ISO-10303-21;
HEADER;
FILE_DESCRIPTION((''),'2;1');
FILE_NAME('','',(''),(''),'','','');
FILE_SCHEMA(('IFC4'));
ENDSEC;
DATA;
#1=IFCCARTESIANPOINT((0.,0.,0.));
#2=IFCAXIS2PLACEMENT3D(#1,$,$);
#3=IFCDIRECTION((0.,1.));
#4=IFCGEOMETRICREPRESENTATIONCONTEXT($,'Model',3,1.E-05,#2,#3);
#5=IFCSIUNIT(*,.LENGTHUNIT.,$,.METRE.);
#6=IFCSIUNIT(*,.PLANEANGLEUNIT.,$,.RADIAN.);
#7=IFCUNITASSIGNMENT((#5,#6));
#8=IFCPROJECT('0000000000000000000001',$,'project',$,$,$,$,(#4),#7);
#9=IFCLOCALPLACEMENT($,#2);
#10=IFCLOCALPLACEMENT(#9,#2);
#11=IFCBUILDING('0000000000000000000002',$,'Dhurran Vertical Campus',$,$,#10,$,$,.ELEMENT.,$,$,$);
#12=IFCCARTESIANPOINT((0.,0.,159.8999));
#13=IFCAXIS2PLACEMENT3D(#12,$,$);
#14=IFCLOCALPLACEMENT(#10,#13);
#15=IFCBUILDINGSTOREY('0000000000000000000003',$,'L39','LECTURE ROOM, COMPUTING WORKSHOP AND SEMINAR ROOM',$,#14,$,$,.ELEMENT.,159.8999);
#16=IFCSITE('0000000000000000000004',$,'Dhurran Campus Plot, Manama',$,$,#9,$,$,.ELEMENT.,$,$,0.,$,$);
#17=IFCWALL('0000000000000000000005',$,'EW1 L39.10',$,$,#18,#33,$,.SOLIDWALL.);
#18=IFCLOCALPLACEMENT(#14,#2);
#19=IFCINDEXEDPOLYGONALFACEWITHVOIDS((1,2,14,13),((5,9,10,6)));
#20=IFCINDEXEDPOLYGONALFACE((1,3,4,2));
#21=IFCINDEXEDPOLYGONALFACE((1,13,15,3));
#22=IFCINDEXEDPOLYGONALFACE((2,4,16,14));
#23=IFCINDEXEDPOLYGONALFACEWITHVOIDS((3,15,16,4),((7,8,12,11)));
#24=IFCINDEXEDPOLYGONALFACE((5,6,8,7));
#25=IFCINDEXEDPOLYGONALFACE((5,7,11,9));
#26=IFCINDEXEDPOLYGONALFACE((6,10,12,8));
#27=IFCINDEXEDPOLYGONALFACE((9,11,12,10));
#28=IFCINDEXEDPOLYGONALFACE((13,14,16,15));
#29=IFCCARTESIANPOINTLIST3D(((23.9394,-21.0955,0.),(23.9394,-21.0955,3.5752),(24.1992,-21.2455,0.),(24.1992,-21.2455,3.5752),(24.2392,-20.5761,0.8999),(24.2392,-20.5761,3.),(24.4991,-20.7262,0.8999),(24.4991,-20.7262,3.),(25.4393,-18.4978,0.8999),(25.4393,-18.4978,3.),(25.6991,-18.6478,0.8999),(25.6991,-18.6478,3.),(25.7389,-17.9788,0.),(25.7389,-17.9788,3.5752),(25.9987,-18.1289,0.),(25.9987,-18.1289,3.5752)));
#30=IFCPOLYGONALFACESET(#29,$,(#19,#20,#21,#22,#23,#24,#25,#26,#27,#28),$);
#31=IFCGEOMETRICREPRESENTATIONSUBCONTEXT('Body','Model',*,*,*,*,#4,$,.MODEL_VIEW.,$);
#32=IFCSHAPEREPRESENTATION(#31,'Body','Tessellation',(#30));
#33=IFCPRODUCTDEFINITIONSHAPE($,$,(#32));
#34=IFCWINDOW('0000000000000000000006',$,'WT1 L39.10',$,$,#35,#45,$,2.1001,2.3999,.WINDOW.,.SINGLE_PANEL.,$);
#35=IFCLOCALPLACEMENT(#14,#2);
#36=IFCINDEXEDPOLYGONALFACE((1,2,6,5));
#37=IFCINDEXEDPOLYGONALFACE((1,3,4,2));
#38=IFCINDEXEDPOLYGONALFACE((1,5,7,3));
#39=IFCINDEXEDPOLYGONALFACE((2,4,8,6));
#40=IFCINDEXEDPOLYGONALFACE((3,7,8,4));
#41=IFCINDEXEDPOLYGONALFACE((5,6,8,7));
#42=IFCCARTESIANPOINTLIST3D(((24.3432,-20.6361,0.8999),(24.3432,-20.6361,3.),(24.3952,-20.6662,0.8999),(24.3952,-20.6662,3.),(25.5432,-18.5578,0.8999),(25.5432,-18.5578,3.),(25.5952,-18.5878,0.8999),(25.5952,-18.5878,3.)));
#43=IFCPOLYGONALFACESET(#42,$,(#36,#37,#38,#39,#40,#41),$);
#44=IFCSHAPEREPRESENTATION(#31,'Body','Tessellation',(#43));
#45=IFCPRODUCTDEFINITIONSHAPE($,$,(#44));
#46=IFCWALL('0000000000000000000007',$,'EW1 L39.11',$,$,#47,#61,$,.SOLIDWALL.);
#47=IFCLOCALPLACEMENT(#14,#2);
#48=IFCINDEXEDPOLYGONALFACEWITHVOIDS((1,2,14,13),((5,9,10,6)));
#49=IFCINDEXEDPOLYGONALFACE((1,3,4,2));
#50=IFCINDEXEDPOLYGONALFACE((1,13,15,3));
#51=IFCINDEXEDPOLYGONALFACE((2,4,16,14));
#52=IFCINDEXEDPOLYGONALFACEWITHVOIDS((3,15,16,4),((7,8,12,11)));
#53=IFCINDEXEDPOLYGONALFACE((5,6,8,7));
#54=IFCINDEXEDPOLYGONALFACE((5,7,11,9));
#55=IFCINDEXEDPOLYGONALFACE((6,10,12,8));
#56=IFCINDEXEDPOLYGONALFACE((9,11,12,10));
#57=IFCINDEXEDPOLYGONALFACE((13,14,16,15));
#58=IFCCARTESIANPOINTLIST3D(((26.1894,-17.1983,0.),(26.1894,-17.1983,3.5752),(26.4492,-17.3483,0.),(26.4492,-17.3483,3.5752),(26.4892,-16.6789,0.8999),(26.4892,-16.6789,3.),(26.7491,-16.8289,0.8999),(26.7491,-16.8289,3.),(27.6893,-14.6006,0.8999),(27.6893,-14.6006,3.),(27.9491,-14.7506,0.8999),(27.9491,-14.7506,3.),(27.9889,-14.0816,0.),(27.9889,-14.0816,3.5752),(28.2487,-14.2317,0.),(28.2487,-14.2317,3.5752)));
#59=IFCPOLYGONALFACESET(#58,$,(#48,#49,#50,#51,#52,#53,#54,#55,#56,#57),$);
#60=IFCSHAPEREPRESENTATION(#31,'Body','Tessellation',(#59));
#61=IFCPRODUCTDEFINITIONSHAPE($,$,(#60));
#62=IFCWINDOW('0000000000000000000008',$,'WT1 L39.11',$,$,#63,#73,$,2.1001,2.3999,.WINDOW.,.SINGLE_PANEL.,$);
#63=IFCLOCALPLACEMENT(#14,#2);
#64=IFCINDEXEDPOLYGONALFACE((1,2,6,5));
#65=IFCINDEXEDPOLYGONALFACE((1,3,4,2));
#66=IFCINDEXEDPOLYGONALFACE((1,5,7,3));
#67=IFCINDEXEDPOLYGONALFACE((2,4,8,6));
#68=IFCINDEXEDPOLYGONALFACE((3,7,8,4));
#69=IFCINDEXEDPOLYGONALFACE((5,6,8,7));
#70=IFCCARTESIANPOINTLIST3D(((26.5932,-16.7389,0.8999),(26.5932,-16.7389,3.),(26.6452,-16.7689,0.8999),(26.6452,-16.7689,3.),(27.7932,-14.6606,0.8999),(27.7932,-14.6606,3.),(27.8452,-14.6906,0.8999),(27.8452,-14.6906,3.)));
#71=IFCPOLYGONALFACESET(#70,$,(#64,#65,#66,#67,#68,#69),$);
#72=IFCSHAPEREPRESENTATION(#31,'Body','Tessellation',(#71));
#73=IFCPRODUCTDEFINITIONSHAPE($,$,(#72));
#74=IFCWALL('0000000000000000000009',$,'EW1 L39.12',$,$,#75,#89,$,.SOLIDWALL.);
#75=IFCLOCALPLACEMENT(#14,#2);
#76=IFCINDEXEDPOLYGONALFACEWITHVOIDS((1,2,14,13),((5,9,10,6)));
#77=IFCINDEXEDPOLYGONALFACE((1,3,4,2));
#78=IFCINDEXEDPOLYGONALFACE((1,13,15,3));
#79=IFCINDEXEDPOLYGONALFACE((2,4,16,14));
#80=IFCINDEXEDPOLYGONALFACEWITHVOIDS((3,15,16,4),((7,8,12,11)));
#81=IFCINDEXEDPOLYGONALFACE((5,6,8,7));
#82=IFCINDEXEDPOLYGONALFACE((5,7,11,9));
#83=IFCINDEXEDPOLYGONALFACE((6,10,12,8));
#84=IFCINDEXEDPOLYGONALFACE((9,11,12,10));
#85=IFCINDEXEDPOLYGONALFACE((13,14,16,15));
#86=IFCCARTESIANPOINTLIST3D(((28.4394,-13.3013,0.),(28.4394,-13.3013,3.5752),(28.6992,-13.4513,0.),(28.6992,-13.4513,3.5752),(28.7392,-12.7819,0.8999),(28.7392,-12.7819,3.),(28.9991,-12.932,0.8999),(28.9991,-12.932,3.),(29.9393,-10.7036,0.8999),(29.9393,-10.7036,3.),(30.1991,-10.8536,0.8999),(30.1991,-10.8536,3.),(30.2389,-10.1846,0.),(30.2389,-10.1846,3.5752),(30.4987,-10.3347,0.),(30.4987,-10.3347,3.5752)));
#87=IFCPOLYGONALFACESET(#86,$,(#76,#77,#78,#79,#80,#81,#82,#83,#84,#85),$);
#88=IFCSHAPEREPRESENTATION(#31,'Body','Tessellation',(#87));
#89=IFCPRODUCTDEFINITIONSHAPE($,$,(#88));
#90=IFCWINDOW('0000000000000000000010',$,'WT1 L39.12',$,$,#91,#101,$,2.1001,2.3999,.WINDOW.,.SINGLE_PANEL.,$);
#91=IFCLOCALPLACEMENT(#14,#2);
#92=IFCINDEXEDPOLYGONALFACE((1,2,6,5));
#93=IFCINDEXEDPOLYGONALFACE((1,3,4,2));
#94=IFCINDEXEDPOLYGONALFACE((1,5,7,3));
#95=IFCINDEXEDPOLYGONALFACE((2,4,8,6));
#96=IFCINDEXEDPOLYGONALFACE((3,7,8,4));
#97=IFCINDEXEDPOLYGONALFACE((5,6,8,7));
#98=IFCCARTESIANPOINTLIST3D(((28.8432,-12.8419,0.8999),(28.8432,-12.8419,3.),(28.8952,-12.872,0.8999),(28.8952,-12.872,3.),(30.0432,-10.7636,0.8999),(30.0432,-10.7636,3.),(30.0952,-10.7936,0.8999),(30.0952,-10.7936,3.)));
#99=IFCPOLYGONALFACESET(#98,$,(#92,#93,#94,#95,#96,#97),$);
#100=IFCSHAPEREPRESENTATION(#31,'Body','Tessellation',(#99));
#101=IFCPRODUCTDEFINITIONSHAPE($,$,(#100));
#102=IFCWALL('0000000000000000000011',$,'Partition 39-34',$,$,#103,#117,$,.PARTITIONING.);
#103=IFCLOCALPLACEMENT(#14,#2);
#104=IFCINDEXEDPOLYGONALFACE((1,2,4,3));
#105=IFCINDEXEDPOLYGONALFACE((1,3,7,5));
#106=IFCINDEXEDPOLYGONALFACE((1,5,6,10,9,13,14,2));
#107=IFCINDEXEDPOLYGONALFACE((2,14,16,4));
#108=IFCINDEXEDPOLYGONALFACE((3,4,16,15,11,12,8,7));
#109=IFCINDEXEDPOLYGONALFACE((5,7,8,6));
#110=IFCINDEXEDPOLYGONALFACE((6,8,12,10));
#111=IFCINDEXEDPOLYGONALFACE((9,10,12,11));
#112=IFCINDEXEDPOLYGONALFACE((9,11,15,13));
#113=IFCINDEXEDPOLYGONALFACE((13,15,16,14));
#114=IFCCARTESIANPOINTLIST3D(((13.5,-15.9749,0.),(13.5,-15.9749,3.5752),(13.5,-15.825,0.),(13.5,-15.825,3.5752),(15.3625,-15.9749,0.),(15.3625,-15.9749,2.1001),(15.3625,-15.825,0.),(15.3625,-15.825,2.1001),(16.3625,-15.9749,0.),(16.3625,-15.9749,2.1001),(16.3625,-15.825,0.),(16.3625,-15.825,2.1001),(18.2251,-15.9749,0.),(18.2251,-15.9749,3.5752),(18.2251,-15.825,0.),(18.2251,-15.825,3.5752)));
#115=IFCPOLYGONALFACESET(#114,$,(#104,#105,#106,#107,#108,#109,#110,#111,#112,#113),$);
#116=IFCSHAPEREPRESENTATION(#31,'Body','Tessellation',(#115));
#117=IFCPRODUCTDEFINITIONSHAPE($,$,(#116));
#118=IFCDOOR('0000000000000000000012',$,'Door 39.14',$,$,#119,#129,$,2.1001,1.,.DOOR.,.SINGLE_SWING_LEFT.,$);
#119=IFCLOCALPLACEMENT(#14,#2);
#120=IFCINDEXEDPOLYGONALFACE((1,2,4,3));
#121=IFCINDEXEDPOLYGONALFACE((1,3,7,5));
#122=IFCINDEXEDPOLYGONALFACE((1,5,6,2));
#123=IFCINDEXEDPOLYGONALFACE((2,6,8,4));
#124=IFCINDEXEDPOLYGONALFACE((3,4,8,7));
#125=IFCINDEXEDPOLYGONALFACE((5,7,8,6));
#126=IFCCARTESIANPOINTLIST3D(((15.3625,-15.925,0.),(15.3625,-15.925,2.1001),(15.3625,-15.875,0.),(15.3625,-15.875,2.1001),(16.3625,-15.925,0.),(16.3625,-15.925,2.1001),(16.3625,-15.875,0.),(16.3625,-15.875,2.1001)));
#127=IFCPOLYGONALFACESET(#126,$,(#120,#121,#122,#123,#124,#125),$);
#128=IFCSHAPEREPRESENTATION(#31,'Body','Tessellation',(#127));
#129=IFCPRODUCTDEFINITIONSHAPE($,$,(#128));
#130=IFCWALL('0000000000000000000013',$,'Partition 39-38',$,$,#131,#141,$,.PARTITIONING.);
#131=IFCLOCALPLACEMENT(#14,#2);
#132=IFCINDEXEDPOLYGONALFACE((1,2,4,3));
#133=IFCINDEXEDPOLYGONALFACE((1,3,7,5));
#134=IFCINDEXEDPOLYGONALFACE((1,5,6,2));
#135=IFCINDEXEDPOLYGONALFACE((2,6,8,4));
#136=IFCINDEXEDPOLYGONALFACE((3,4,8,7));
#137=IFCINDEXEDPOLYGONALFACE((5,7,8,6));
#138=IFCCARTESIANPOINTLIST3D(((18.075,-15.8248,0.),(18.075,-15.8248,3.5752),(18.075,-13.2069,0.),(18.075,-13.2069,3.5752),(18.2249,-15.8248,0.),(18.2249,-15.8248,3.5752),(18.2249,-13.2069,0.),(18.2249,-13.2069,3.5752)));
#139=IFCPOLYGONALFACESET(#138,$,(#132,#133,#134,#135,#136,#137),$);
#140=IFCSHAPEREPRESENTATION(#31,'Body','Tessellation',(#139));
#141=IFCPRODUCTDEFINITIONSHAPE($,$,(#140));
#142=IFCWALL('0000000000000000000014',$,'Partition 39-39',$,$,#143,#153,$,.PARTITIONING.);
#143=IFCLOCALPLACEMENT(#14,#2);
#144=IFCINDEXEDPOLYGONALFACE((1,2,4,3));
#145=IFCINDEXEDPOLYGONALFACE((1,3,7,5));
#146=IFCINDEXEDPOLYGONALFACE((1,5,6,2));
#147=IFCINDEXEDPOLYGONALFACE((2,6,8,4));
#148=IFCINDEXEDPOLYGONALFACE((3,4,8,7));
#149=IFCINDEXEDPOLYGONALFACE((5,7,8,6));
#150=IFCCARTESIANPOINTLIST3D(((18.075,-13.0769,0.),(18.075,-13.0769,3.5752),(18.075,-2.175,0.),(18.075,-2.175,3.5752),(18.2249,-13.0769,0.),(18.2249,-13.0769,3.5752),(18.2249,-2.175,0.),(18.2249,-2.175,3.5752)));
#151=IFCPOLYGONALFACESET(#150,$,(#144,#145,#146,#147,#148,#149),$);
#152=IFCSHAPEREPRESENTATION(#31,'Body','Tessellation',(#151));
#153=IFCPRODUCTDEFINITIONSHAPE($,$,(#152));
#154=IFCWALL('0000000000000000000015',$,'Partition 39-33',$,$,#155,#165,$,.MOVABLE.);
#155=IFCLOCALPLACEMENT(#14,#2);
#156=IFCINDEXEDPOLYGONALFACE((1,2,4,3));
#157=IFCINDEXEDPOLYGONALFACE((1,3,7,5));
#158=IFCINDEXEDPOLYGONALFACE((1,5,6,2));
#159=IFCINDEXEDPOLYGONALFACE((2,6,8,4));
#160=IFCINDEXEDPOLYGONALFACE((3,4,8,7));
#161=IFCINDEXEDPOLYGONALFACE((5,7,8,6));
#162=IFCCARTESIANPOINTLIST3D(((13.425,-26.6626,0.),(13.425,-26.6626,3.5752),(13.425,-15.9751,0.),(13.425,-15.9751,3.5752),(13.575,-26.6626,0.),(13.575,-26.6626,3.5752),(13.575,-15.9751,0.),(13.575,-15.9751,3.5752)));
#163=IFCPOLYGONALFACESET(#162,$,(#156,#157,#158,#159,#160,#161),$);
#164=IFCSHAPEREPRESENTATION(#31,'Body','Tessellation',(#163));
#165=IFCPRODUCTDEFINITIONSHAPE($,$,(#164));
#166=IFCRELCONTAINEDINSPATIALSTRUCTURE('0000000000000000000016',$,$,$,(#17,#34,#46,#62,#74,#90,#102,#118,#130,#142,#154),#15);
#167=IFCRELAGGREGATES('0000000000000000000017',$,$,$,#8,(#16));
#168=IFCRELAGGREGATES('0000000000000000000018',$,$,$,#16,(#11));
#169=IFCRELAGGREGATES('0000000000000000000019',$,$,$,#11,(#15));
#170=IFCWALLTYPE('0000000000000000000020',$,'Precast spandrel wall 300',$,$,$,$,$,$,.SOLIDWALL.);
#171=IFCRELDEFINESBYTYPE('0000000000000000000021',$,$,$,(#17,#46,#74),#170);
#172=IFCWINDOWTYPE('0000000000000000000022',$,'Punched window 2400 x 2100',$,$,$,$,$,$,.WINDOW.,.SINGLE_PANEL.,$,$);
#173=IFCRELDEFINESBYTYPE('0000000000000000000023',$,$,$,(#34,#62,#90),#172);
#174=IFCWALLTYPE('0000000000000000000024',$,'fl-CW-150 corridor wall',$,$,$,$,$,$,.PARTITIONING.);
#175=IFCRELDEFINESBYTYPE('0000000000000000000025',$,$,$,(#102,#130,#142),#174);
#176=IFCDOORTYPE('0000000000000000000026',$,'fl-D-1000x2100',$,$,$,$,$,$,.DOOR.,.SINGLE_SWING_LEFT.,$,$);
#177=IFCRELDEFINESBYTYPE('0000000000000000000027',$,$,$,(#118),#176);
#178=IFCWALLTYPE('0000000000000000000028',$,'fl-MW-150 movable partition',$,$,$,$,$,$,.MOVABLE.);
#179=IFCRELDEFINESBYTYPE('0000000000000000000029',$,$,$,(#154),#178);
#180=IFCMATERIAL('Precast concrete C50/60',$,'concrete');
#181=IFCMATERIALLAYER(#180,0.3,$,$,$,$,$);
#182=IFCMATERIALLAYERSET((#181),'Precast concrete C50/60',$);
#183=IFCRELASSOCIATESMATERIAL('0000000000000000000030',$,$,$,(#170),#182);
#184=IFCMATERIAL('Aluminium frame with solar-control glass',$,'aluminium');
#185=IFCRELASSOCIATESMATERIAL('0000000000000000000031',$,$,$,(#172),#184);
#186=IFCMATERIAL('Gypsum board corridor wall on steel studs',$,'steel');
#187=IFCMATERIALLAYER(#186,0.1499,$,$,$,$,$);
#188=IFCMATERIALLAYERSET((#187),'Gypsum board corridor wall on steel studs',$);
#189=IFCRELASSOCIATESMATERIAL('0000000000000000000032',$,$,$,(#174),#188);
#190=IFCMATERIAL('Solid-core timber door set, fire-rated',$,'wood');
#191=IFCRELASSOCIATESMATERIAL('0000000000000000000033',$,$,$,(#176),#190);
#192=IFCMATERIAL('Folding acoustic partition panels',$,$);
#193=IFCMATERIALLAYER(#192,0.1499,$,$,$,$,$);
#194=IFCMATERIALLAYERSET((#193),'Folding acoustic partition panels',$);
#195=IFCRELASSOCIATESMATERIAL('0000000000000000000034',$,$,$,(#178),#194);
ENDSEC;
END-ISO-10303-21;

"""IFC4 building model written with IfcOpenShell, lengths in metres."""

from ifc_helpers import new_model, si_unit, direction, frame, frame_2d, origin, place, context, subcontext, project, spatial, rectangle, extrude, material, layer, layer_set, type_object, element, fill, save


model = new_model("IFC4")

# Units and contexts
model_context = context("Model", 3, precision=1e-05, world=origin(), true_north=direction((0.0, 1.0)))
body_context = subcontext(model_context, "Body", "Model", "MODEL_VIEW")
ifc_project = project(units=[si_unit("LENGTHUNIT", "METRE"), si_unit("PLANEANGLEUNIT", "RADIAN")], contexts=[model_context])

# Site, building, storey
site_placement = place(None, origin())
site = spatial("IfcSite", under=ifc_project, at=site_placement, Name="Dhurran Campus Plot, Manama", CompositionType="ELEMENT", RefElevation=0.0)
building_placement = place(site_placement, origin())
building = spatial("IfcBuilding", under=site, at=building_placement, Name="Dhurran Vertical Campus", CompositionType="ELEMENT")
storey_placement = place(building_placement, frame((0.0, 0.0, 159.8999)))
storey = spatial("IfcBuildingStorey", under=building, at=storey_placement, Name="L39", Description="LECTURE ROOM, COMPUTING WORKSHOP AND SEMINAR ROOM", CompositionType="ELEMENT", Elevation=159.8999)

# Walls, openings, windows
ifc_material_1 = material(Name="Precast concrete C50/60", Category="concrete")
ifc_layer_1 = layer(ifc_material_1, 0.3)
ifc_layer_set_1 = layer_set([ifc_layer_1], Name="Precast concrete C50/60")
wall_type_1 = type_object("IfcWallType", Name="Precast spandrel wall 300", PredefinedType="SOLIDWALL", material=ifc_layer_set_1)
ifc_material_2 = material(Name="Aluminium frame with solar-control glass", Category="aluminium")
window_type = type_object("IfcWindowType", Name="Punched window 2400 x 2100", PartitioningType="SINGLE_PANEL", PredefinedType="WINDOW", material=ifc_material_2)
wall_1_placement = place(storey_placement, frame((24.0693, -21.1704, 0.0), z_axis=(0.0, 0.0, 1.0), x_axis=(0.500028, 0.866009, 0.0)))
wall_1 = element("IfcWall", 1, at=wall_1_placement, inside=storey, type_object=wall_type_1, Name="EW1 L39.10", PredefinedType="SOLIDWALL", context=body_context, shape_type="SweptSolid", body=[
    extrude(rectangle(XDim=3.5989, YDim=0.3, at=frame_2d((1.7993, 0.0))), origin(), (0.0, 0.0, 1.0), 3.5752),
])
opening_1_placement = place(wall_1_placement, frame((0.5996, 0.0, 0.8999)))
opening_1 = element("IfcOpeningElement", 2, at=opening_1_placement, cuts=wall_1, PredefinedType="OPENING", context=body_context, shape_type="SweptSolid", body=[
    extrude(rectangle(XDim=2.3999, YDim=2.1001, at=frame_2d((1.2, 1.05))), frame((0.0, 0.1599, 0.0), z_axis=(0.0, -1.0, 0.0), x_axis=(1.0, 0.0, 0.0)), (0.0, 0.0, 1.0), 0.3201),
])
window_1_placement = place(opening_1_placement, origin())
window_1 = element("IfcWindow", 3, at=window_1_placement, inside=storey, type_object=window_type, Name="WT1 L39.10", OverallHeight=2.1001, OverallWidth=2.3999, PartitioningType="SINGLE_PANEL", PredefinedType="WINDOW", context=body_context, shape_type="SweptSolid", body=[
    extrude(rectangle(XDim=2.3999, YDim=2.1001, at=frame_2d((1.2, 1.05))), frame((0.0, 0.03, 0.0), z_axis=(0.0, -1.0, 0.0), x_axis=(1.0, 0.0, 0.0)), (0.0, 0.0, 1.0), 0.0601),
])
fill(opening_1, window_1)
wall_2_placement = place(storey_placement, frame((26.3193, -17.2732, 0.0), z_axis=(0.0, 0.0, 1.0), x_axis=(0.500028, 0.866009, 0.0)))
wall_2 = element("IfcWall", 4, at=wall_2_placement, inside=storey, type_object=wall_type_1, Name="EW1 L39.11", PredefinedType="SOLIDWALL", context=body_context, shape_type="SweptSolid", body=[
    extrude(rectangle(XDim=3.5989, YDim=0.3, at=frame_2d((1.7993, 0.0))), origin(), (0.0, 0.0, 1.0), 3.5752),
])
opening_2_placement = place(wall_2_placement, frame((0.5996, 0.0, 0.8999)))
opening_2 = element("IfcOpeningElement", 5, at=opening_2_placement, cuts=wall_2, PredefinedType="OPENING", context=body_context, shape_type="SweptSolid", body=[
    extrude(rectangle(XDim=2.3999, YDim=2.1001, at=frame_2d((1.2, 1.05))), frame((0.0, 0.1599, 0.0), z_axis=(0.0, -1.0, 0.0), x_axis=(1.0, 0.0, 0.0)), (0.0, 0.0, 1.0), 0.3201),
])
window_2_placement = place(opening_2_placement, origin())
window_2 = element("IfcWindow", 6, at=window_2_placement, inside=storey, type_object=window_type, Name="WT1 L39.11", OverallHeight=2.1001, OverallWidth=2.3999, PartitioningType="SINGLE_PANEL", PredefinedType="WINDOW", context=body_context, shape_type="SweptSolid", body=[
    extrude(rectangle(XDim=2.3999, YDim=2.1001, at=frame_2d((1.2, 1.05))), frame((0.0, 0.03, 0.0), z_axis=(0.0, -1.0, 0.0), x_axis=(1.0, 0.0, 0.0)), (0.0, 0.0, 1.0), 0.0601),
])
fill(opening_2, window_2)
wall_3_placement = place(storey_placement, frame((28.5693, -13.3762, 0.0), z_axis=(0.0, 0.0, 1.0), x_axis=(0.500028, 0.866009, 0.0)))
wall_3 = element("IfcWall", 7, at=wall_3_placement, inside=storey, type_object=wall_type_1, Name="EW1 L39.12", PredefinedType="SOLIDWALL", context=body_context, shape_type="SweptSolid", body=[
    extrude(rectangle(XDim=3.5989, YDim=0.3, at=frame_2d((1.7993, 0.0))), origin(), (0.0, 0.0, 1.0), 3.5752),
])
opening_3_placement = place(wall_3_placement, frame((0.5996, 0.0, 0.8999)))
opening_3 = element("IfcOpeningElement", 8, at=opening_3_placement, cuts=wall_3, PredefinedType="OPENING", context=body_context, shape_type="SweptSolid", body=[
    extrude(rectangle(XDim=2.3999, YDim=2.1001, at=frame_2d((1.2, 1.05))), frame((0.0, 0.1599, 0.0), z_axis=(0.0, -1.0, 0.0), x_axis=(1.0, 0.0, 0.0)), (0.0, 0.0, 1.0), 0.3201),
])
window_3_placement = place(opening_3_placement, origin())
window_3 = element("IfcWindow", 9, at=window_3_placement, inside=storey, type_object=window_type, Name="WT1 L39.12", OverallHeight=2.1001, OverallWidth=2.3999, PartitioningType="SINGLE_PANEL", PredefinedType="WINDOW", context=body_context, shape_type="SweptSolid", body=[
    extrude(rectangle(XDim=2.3999, YDim=2.1001, at=frame_2d((1.2, 1.05))), frame((0.0, 0.03, 0.0), z_axis=(0.0, -1.0, 0.0), x_axis=(1.0, 0.0, 0.0)), (0.0, 0.0, 1.0), 0.0601),
])
fill(opening_3, window_3)

# Wall, opening, door
ifc_material_3 = material(Name="Gypsum board corridor wall on steel studs", Category="steel")
ifc_layer_2 = layer(ifc_material_3, 0.1499)
ifc_layer_set_2 = layer_set([ifc_layer_2], Name="Gypsum board corridor wall on steel studs")
wall_type_2 = type_object("IfcWallType", Name="fl-CW-150 corridor wall", PredefinedType="PARTITIONING", material=ifc_layer_set_2)
wall_4_placement = place(storey_placement, frame((13.5, -15.8999, 0.0), z_axis=(0.0, 0.0, 1.0), x_axis=(1.0, 0.0, 0.0)))
wall_4 = element("IfcWall", 10, at=wall_4_placement, inside=storey, type_object=wall_type_2, Name="Partition 39-34", PredefinedType="PARTITIONING", context=body_context, shape_type="SweptSolid", body=[
    extrude(rectangle(XDim=4.7251, YDim=0.1499, at=frame_2d((2.3625, 0.0))), origin(), (0.0, 0.0, 1.0), 3.5752),
])
opening_4_placement = place(wall_4_placement, frame((1.8625, 0.0, 0.0)))
opening_4 = element("IfcOpeningElement", 11, at=opening_4_placement, cuts=wall_4, PredefinedType="OPENING", context=body_context, shape_type="SweptSolid", body=[
    extrude(rectangle(XDim=1.0, YDim=2.1001, at=frame_2d((0.5, 1.05))), frame((0.0, 0.085, 0.0), z_axis=(0.0, -1.0, 0.0), x_axis=(1.0, 0.0, 0.0)), (0.0, 0.0, 1.0), 0.1699),
])
ifc_material_4 = material(Name="Solid-core timber door set, fire-rated", Category="wood")
door_type = type_object("IfcDoorType", Name="fl-D-1000x2100", OperationType="SINGLE_SWING_LEFT", PredefinedType="DOOR", material=ifc_material_4)
door_placement = place(opening_4_placement, origin())
door = element("IfcDoor", 12, at=door_placement, inside=storey, type_object=door_type, Name="Door 39.14", OperationType="SINGLE_SWING_LEFT", OverallHeight=2.1001, OverallWidth=1.0, PredefinedType="DOOR", context=body_context, shape_type="SweptSolid", body=[
    extrude(rectangle(XDim=1.0, YDim=2.1001, at=frame_2d((0.5, 1.05))), frame((0.0, 0.0249, 0.0), z_axis=(0.0, -1.0, 0.0), x_axis=(1.0, 0.0, 0.0)), (0.0, 0.0, 1.0), 0.05),
])
fill(opening_4, door)

# Walls
wall_5_placement = place(storey_placement, frame((18.1499, -15.825, 0.0), z_axis=(0.0, 0.0, 1.0), x_axis=(0.0, 1.0, 0.0)))
element("IfcWall", 13, at=wall_5_placement, inside=storey, type_object=wall_type_2, Name="Partition 39-38", PredefinedType="PARTITIONING", context=body_context, shape_type="SweptSolid", body=[
    extrude(rectangle(XDim=2.6179, YDim=0.1499, at=frame_2d((1.3091, 0.0))), origin(), (0.0, 0.0, 1.0), 3.5752),
])
wall_6_placement = place(storey_placement, frame((18.1499, -13.0769, 0.0), z_axis=(0.0, 0.0, 1.0), x_axis=(0.0, 1.0, 0.0)))
element("IfcWall", 14, at=wall_6_placement, inside=storey, type_object=wall_type_2, Name="Partition 39-39", PredefinedType="PARTITIONING", context=body_context, shape_type="SweptSolid", body=[
    extrude(rectangle(XDim=10.9019, YDim=0.1499, at=frame_2d((5.4509, 0.0))), origin(), (0.0, 0.0, 1.0), 3.5752),
])
ifc_material_5 = material(Name="Folding acoustic partition panels")
ifc_layer_3 = layer(ifc_material_5, 0.1499)
ifc_layer_set_3 = layer_set([ifc_layer_3], Name="Folding acoustic partition panels")
wall_type_3 = type_object("IfcWallType", Name="fl-MW-150 movable partition", PredefinedType="MOVABLE", material=ifc_layer_set_3)
wall_7_placement = place(storey_placement, frame((13.5, -15.9751, 0.0), z_axis=(0.0, 0.0, 1.0), x_axis=(0.0, -1.0, 0.0)))
element("IfcWall", 15, at=wall_7_placement, inside=storey, type_object=wall_type_3, Name="Partition 39-33", PredefinedType="MOVABLE", context=body_context, shape_type="SweptSolid", body=[
    extrude(rectangle(XDim=10.6875, YDim=0.1499, at=frame_2d((5.3438, 0.0))), origin(), (0.0, 0.0, 1.0), 3.5752),
])

save(model, "model.ifc")
